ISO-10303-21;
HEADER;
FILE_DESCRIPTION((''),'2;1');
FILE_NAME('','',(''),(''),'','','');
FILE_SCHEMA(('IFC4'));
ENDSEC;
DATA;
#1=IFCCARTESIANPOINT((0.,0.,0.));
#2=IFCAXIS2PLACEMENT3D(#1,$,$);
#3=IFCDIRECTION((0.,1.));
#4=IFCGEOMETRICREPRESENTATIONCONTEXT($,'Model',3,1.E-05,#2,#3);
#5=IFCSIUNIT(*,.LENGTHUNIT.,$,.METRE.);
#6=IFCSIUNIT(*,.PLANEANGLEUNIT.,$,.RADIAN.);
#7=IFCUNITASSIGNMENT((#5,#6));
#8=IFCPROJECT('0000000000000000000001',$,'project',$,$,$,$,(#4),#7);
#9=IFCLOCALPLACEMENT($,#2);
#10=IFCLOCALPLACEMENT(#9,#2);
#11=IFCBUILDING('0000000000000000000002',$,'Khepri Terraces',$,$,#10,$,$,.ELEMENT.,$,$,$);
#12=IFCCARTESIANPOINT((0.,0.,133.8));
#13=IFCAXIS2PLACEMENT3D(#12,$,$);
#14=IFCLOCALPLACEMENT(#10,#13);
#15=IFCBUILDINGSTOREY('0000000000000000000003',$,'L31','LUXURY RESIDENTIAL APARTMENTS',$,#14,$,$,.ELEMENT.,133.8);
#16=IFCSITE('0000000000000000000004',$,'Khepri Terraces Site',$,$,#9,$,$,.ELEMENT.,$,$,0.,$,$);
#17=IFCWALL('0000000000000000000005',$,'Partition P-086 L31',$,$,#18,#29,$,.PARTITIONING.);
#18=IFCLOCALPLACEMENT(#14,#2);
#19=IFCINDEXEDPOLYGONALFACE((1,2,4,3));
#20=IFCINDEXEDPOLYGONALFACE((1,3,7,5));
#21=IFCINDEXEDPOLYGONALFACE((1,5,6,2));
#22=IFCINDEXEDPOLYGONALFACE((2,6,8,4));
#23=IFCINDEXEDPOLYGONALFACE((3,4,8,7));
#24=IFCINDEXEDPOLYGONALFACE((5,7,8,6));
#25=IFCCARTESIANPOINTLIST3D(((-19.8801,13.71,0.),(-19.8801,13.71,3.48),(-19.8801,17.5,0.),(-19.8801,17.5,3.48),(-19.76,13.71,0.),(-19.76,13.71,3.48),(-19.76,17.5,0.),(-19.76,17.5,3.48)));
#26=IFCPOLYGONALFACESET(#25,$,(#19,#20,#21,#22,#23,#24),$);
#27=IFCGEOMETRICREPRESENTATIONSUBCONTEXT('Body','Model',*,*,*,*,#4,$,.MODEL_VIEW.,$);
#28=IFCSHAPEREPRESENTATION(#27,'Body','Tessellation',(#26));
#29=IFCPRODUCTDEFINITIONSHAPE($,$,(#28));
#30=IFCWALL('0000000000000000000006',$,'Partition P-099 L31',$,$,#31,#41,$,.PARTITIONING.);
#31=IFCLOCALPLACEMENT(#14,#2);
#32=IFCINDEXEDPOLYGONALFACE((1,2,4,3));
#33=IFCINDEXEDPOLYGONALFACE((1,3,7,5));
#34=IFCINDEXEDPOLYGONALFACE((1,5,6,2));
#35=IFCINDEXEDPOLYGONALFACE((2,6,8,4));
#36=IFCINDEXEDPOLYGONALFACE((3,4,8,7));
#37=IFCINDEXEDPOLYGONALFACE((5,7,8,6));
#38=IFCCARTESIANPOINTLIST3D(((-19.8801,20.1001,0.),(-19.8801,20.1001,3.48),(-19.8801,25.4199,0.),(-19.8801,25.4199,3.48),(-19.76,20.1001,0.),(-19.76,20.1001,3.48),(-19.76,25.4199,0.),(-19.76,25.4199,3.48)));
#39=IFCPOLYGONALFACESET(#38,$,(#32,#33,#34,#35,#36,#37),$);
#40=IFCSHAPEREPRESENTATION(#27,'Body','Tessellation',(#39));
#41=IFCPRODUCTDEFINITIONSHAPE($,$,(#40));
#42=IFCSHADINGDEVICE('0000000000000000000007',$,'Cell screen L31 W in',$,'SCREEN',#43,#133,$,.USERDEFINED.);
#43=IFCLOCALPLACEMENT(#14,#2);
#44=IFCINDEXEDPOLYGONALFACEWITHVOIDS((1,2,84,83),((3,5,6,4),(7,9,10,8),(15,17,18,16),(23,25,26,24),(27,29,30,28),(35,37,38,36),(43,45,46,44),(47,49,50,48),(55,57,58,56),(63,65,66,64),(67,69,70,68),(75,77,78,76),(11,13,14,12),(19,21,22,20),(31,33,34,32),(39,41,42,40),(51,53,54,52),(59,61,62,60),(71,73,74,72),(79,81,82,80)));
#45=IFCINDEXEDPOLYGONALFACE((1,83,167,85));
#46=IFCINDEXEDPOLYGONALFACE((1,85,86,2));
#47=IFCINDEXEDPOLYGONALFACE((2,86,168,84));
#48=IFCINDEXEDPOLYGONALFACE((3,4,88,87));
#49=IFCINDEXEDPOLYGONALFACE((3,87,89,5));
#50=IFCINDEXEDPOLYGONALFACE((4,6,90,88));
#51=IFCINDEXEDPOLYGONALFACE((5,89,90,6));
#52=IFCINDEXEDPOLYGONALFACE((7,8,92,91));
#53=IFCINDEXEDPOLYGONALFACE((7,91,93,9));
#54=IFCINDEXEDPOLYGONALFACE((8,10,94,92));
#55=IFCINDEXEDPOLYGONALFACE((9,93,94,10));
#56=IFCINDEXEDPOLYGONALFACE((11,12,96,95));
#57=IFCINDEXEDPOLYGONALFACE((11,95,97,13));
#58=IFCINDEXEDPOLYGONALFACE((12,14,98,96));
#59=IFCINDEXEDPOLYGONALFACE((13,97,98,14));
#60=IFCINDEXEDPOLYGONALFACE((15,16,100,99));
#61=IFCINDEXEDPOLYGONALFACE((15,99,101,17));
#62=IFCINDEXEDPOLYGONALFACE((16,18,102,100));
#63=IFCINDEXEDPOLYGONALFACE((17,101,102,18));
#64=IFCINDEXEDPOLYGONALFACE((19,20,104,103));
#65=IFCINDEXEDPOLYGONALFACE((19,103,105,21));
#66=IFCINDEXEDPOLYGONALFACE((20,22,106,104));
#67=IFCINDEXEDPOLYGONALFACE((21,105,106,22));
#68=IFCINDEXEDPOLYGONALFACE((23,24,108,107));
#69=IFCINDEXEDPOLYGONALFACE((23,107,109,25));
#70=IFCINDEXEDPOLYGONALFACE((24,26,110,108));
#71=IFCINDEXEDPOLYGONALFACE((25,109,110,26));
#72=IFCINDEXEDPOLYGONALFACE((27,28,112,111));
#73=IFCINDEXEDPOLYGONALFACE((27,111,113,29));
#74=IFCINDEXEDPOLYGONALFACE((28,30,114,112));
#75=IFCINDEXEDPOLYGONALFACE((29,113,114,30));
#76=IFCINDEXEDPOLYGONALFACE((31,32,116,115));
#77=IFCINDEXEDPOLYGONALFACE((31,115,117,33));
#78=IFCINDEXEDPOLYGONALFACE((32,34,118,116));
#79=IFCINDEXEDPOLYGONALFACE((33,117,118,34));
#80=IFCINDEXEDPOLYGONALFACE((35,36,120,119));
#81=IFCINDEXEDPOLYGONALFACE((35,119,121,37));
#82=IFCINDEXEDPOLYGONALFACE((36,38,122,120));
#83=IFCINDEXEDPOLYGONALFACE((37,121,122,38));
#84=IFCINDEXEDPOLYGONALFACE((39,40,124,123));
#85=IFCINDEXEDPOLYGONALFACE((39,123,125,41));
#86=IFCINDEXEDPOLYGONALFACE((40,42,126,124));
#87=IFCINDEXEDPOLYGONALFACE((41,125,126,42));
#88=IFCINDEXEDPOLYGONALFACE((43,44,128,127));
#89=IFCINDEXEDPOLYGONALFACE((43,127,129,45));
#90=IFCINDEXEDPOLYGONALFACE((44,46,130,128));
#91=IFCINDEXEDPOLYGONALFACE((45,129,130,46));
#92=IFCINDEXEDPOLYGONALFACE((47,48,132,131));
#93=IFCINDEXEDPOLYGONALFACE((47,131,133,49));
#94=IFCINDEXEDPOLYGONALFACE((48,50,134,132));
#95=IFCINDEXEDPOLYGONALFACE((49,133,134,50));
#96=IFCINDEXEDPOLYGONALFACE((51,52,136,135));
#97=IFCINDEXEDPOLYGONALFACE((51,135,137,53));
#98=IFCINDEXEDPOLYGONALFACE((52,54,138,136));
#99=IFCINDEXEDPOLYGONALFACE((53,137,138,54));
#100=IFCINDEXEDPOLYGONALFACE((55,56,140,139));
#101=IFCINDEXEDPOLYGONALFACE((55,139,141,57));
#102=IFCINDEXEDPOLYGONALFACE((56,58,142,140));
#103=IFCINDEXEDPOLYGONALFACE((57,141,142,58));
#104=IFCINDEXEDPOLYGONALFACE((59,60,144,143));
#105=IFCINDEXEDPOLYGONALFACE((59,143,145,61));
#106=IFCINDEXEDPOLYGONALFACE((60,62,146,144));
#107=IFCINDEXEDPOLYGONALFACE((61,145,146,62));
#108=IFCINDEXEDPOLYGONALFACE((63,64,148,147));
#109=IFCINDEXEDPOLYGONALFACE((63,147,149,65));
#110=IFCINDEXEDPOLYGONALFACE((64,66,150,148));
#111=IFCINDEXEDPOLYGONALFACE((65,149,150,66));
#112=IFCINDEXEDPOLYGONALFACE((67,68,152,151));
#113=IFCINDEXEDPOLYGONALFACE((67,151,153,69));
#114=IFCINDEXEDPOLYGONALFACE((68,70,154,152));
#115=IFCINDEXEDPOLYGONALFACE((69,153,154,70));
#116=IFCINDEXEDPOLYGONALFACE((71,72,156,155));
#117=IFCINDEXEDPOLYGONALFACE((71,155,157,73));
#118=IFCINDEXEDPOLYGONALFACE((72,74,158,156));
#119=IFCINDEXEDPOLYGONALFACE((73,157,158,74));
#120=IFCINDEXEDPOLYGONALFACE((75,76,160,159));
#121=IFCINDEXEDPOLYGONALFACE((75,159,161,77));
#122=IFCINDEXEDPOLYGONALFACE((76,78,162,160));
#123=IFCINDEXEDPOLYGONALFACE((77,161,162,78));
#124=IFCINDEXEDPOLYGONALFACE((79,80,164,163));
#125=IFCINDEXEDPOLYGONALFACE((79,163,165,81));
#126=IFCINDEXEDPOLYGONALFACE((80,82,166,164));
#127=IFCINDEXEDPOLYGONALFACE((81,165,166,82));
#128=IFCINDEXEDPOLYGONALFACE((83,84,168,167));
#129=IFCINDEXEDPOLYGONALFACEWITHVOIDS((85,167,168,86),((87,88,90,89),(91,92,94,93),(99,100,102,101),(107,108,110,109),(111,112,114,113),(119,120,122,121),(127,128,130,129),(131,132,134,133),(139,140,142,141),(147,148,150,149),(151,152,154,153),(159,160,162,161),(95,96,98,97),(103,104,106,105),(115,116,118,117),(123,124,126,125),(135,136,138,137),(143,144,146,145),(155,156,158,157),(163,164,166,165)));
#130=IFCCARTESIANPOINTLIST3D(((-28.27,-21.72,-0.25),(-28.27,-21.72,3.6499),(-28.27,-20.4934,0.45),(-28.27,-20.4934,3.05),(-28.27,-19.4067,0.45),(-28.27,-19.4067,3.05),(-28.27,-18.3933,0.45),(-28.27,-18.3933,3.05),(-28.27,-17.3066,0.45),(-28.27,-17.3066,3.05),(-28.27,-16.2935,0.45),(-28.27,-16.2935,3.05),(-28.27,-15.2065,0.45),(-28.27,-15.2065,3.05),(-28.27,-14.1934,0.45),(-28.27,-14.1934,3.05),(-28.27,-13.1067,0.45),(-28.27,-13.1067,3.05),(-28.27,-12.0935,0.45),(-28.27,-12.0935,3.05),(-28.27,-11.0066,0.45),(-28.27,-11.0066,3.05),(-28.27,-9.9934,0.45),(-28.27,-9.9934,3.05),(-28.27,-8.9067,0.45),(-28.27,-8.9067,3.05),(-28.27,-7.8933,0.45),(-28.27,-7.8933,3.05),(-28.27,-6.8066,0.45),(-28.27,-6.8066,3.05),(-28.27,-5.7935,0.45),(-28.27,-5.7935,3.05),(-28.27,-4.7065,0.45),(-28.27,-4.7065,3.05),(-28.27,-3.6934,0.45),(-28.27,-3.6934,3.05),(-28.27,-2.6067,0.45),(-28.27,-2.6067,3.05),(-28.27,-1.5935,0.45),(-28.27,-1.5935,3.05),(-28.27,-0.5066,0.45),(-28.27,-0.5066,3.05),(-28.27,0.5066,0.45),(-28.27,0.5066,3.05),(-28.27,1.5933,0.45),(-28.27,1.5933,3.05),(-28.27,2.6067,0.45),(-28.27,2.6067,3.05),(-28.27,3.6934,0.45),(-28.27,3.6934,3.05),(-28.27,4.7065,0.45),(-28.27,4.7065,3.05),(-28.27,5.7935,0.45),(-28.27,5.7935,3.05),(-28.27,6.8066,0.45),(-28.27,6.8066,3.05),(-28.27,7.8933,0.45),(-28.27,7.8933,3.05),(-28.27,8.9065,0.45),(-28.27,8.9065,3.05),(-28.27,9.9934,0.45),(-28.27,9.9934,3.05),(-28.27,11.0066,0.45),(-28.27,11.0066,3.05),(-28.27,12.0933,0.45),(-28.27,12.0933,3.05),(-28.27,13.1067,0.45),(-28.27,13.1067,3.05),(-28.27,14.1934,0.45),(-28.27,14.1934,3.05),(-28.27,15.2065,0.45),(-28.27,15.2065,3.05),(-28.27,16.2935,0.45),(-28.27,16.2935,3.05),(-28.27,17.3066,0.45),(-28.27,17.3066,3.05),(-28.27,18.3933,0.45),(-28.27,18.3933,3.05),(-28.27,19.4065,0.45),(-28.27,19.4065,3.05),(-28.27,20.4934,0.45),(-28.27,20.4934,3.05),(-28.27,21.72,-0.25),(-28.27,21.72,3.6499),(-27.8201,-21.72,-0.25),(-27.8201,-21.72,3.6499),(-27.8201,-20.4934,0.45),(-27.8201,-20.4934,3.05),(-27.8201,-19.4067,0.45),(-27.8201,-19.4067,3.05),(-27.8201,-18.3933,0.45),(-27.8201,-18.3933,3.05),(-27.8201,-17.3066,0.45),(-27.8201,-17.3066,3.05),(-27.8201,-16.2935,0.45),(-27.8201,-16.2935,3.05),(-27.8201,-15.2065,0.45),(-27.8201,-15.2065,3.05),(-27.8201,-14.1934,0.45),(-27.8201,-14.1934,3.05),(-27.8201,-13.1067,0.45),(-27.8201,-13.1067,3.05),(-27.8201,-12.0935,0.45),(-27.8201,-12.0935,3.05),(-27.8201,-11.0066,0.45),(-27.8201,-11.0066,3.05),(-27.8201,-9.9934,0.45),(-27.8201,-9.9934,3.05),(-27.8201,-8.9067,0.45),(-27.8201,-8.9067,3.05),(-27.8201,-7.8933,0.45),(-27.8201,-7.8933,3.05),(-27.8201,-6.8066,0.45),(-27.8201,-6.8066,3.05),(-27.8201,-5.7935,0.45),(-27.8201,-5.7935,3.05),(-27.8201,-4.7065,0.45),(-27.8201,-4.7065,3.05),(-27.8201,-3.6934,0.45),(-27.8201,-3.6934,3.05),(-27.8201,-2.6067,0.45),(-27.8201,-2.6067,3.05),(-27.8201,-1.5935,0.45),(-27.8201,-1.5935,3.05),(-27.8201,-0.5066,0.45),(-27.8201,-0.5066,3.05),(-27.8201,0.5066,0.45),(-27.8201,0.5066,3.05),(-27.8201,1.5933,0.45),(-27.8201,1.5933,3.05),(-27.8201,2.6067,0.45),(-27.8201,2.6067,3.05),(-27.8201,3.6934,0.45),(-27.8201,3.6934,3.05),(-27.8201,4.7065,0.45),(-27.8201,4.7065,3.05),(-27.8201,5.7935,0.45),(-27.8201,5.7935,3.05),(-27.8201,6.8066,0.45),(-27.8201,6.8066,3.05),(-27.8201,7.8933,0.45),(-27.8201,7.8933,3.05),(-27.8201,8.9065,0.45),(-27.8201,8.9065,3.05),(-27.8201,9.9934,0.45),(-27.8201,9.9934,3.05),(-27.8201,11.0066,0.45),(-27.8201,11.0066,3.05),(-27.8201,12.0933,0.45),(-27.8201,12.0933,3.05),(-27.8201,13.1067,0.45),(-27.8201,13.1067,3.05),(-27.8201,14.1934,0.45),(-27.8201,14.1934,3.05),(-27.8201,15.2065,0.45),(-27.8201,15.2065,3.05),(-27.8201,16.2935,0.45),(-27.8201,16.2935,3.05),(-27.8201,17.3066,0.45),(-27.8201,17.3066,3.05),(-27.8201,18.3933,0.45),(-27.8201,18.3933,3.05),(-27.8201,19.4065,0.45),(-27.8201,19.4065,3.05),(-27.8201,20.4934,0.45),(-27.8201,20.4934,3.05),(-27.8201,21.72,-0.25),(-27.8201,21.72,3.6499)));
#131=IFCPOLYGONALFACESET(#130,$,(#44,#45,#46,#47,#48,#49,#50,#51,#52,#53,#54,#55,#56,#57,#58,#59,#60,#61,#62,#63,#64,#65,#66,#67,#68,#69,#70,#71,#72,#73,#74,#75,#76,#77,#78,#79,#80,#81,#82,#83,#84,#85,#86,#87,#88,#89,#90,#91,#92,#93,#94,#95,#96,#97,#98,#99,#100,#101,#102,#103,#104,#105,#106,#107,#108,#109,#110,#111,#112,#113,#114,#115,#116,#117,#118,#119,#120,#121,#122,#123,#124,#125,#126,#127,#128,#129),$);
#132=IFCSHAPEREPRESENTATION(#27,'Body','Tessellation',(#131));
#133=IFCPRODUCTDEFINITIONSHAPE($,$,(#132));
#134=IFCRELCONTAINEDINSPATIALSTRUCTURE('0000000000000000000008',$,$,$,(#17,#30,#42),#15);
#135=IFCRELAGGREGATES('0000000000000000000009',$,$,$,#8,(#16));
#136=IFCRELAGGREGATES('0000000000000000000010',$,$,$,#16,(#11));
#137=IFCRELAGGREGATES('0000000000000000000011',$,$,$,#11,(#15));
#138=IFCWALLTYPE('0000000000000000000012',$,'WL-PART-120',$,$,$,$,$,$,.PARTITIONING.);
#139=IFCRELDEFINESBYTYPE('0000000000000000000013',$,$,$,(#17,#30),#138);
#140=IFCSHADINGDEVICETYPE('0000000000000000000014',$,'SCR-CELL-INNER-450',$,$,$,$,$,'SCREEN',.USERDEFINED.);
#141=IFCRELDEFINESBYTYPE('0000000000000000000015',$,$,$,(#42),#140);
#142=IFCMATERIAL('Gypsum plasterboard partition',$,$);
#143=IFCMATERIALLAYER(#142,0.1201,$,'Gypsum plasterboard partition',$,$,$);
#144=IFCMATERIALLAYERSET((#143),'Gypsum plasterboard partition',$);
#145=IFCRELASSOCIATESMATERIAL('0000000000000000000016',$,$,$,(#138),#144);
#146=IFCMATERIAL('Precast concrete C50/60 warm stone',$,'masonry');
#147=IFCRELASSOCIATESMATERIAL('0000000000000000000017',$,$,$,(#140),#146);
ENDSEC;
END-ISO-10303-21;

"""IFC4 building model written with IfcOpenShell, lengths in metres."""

from ifc_helpers import new_model, si_unit, direction, frame, frame_2d, origin, place, context, subcontext, project, spatial, polyline, rectangle, outline, extrude, material, layer, layer_set, type_object, element, save


model = new_model("IFC4")

# Units and contexts
model_context = context("Model", 3, precision=1e-05, world=origin(), true_north=direction((0.0, 1.0)))
body_context = subcontext(model_context, "Body", "Model", "MODEL_VIEW")
ifc_project = project(units=[si_unit("LENGTHUNIT", "METRE"), si_unit("PLANEANGLEUNIT", "RADIAN")], contexts=[model_context])

# Site, building, storey
site_placement = place(None, origin())
site = spatial("IfcSite", under=ifc_project, at=site_placement, Name="Khepri Terraces Site", CompositionType="ELEMENT", RefElevation=0.0)
building_placement = place(site_placement, origin())
building = spatial("IfcBuilding", under=site, at=building_placement, Name="Khepri Terraces", CompositionType="ELEMENT")
storey_placement = place(building_placement, frame((0.0, 0.0, 133.8)))
storey = spatial("IfcBuildingStorey", under=building, at=storey_placement, Name="L31", Description="LUXURY RESIDENTIAL APARTMENTS", CompositionType="ELEMENT", Elevation=133.8)

# Shared definitions
ifc_material_1 = material(Name="Precast concrete C50/60 warm stone", Category="masonry")

# Walls
ifc_material_2 = material(Name="Gypsum plasterboard partition")
ifc_layer_1 = layer(ifc_material_2, 0.1201, Name="Gypsum plasterboard partition")
ifc_layer_set_1 = layer_set([ifc_layer_1], Name="Gypsum plasterboard partition")
wall_type_1 = type_object("IfcWallType", Name="WL-PART-120", PredefinedType="PARTITIONING", material=ifc_layer_set_1)
wall_1_placement = place(storey_placement, frame((-19.8201, 13.71, 0.0), z_axis=(0.0, 0.0, 1.0), x_axis=(0.0, 1.0, 0.0)))
element("IfcWall", 1, at=wall_1_placement, inside=storey, type_object=wall_type_1, Name="Partition P-086 L31", PredefinedType="PARTITIONING", context=body_context, shape_type="SweptSolid", body=[
    extrude(rectangle(XDim=3.79, YDim=0.1201, at=frame_2d((1.895, 0.0))), origin(), (0.0, 0.0, 1.0), 3.48),
])
wall_2_placement = place(storey_placement, frame((-19.8201, 20.1001, 0.0), z_axis=(0.0, 0.0, 1.0), x_axis=(0.0, 1.0, 0.0)))
element("IfcWall", 2, at=wall_2_placement, inside=storey, type_object=wall_type_1, Name="Partition P-099 L31", PredefinedType="PARTITIONING", context=body_context, shape_type="SweptSolid", body=[
    extrude(rectangle(XDim=5.3198, YDim=0.1201, at=frame_2d((2.6599, 0.0))), origin(), (0.0, 0.0, 1.0), 3.48),
])

# Shading device
shading_device_type_1 = type_object("IfcShadingDeviceType", Name="SCR-CELL-INNER-450", ElementType="SCREEN", PredefinedType="USERDEFINED", material=ifc_material_1)
shading_device_1_placement = place(storey_placement, frame((-27.8201, 21.72, -0.25), z_axis=(-1.0, 0.0, 0.0), x_axis=(0.0, -1.0, 0.0)))
element("IfcShadingDevice", 3, at=shading_device_1_placement, inside=storey, type_object=shading_device_type_1, Name="Cell screen L31 W in", ObjectType="SCREEN", PredefinedType="USERDEFINED", context=body_context, shape_type="SweptSolid", body=[
    extrude(outline(polyline([(0.0, 0.0), (43.4399, 0.0), (43.4399, 3.8999), (0.0, 3.8999), (0.0, 0.0)]), holes=[polyline([(1.2266, 0.7), (2.3135, 0.7), (2.3135, 3.3), (1.2266, 3.3), (1.2266, 0.7)]), polyline([(3.3267, 0.7), (4.4133, 0.7), (4.4133, 3.3), (3.3267, 3.3), (3.3267, 0.7)]), polyline([(5.4265, 0.7), (6.5134, 0.7), (6.5134, 3.3), (5.4265, 3.3), (5.4265, 0.7)]), polyline([(7.5266, 0.7), (8.6133, 0.7), (8.6133, 3.3), (7.5266, 3.3), (7.5266, 0.7)]), polyline([(9.6267, 0.7), (10.7134, 0.7), (10.7134, 3.3), (9.6267, 3.3), (9.6267, 0.7)]), polyline([(11.7266, 0.7), (12.8135, 0.7), (12.8135, 3.3), (11.7266, 3.3), (11.7266, 0.7)]), polyline([(13.8267, 0.7), (14.9133, 0.7), (14.9133, 3.3), (13.8267, 3.3), (13.8267, 0.7)]), polyline([(15.9265, 0.7), (17.0134, 0.7), (17.0134, 3.3), (15.9265, 3.3), (15.9265, 0.7)]), polyline([(18.0266, 0.7), (19.1133, 0.7), (19.1133, 3.3), (18.0266, 3.3), (18.0266, 0.7)]), polyline([(20.1267, 0.7), (21.2134, 0.7), (21.2134, 3.3), (20.1267, 3.3), (20.1267, 0.7)]), polyline([(22.2266, 0.7), (23.3135, 0.7), (23.3135, 3.3), (22.2266, 3.3), (22.2266, 0.7)]), polyline([(24.3267, 0.7), (25.4133, 0.7), (25.4133, 3.3), (24.3267, 3.3), (24.3267, 0.7)]), polyline([(26.4265, 0.7), (27.5134, 0.7), (27.5134, 3.3), (26.4265, 3.3), (26.4265, 0.7)]), polyline([(28.5266, 0.7), (29.6133, 0.7), (29.6133, 3.3), (28.5266, 3.3), (28.5266, 0.7)]), polyline([(30.6267, 0.7), (31.7134, 0.7), (31.7134, 3.3), (30.6267, 3.3), (30.6267, 0.7)]), polyline([(32.7266, 0.7), (33.8135, 0.7), (33.8135, 3.3), (32.7266, 3.3), (32.7266, 0.7)]), polyline([(34.8267, 0.7), (35.9133, 0.7), (35.9133, 3.3), (34.8267, 3.3), (34.8267, 0.7)]), polyline([(36.9265, 0.7), (38.0134, 0.7), (38.0134, 3.3), (36.9265, 3.3), (36.9265, 0.7)]), polyline([(39.0266, 0.7), (40.1133, 0.7), (40.1133, 3.3), (39.0266, 3.3), (39.0266, 0.7)]), polyline([(41.1267, 0.7), (42.2134, 0.7), (42.2134, 3.3), (41.1267, 3.3), (41.1267, 0.7)])]), origin(), (0.0, 0.0, 1.0), 0.45),
])

save(model, "model.ifc")
